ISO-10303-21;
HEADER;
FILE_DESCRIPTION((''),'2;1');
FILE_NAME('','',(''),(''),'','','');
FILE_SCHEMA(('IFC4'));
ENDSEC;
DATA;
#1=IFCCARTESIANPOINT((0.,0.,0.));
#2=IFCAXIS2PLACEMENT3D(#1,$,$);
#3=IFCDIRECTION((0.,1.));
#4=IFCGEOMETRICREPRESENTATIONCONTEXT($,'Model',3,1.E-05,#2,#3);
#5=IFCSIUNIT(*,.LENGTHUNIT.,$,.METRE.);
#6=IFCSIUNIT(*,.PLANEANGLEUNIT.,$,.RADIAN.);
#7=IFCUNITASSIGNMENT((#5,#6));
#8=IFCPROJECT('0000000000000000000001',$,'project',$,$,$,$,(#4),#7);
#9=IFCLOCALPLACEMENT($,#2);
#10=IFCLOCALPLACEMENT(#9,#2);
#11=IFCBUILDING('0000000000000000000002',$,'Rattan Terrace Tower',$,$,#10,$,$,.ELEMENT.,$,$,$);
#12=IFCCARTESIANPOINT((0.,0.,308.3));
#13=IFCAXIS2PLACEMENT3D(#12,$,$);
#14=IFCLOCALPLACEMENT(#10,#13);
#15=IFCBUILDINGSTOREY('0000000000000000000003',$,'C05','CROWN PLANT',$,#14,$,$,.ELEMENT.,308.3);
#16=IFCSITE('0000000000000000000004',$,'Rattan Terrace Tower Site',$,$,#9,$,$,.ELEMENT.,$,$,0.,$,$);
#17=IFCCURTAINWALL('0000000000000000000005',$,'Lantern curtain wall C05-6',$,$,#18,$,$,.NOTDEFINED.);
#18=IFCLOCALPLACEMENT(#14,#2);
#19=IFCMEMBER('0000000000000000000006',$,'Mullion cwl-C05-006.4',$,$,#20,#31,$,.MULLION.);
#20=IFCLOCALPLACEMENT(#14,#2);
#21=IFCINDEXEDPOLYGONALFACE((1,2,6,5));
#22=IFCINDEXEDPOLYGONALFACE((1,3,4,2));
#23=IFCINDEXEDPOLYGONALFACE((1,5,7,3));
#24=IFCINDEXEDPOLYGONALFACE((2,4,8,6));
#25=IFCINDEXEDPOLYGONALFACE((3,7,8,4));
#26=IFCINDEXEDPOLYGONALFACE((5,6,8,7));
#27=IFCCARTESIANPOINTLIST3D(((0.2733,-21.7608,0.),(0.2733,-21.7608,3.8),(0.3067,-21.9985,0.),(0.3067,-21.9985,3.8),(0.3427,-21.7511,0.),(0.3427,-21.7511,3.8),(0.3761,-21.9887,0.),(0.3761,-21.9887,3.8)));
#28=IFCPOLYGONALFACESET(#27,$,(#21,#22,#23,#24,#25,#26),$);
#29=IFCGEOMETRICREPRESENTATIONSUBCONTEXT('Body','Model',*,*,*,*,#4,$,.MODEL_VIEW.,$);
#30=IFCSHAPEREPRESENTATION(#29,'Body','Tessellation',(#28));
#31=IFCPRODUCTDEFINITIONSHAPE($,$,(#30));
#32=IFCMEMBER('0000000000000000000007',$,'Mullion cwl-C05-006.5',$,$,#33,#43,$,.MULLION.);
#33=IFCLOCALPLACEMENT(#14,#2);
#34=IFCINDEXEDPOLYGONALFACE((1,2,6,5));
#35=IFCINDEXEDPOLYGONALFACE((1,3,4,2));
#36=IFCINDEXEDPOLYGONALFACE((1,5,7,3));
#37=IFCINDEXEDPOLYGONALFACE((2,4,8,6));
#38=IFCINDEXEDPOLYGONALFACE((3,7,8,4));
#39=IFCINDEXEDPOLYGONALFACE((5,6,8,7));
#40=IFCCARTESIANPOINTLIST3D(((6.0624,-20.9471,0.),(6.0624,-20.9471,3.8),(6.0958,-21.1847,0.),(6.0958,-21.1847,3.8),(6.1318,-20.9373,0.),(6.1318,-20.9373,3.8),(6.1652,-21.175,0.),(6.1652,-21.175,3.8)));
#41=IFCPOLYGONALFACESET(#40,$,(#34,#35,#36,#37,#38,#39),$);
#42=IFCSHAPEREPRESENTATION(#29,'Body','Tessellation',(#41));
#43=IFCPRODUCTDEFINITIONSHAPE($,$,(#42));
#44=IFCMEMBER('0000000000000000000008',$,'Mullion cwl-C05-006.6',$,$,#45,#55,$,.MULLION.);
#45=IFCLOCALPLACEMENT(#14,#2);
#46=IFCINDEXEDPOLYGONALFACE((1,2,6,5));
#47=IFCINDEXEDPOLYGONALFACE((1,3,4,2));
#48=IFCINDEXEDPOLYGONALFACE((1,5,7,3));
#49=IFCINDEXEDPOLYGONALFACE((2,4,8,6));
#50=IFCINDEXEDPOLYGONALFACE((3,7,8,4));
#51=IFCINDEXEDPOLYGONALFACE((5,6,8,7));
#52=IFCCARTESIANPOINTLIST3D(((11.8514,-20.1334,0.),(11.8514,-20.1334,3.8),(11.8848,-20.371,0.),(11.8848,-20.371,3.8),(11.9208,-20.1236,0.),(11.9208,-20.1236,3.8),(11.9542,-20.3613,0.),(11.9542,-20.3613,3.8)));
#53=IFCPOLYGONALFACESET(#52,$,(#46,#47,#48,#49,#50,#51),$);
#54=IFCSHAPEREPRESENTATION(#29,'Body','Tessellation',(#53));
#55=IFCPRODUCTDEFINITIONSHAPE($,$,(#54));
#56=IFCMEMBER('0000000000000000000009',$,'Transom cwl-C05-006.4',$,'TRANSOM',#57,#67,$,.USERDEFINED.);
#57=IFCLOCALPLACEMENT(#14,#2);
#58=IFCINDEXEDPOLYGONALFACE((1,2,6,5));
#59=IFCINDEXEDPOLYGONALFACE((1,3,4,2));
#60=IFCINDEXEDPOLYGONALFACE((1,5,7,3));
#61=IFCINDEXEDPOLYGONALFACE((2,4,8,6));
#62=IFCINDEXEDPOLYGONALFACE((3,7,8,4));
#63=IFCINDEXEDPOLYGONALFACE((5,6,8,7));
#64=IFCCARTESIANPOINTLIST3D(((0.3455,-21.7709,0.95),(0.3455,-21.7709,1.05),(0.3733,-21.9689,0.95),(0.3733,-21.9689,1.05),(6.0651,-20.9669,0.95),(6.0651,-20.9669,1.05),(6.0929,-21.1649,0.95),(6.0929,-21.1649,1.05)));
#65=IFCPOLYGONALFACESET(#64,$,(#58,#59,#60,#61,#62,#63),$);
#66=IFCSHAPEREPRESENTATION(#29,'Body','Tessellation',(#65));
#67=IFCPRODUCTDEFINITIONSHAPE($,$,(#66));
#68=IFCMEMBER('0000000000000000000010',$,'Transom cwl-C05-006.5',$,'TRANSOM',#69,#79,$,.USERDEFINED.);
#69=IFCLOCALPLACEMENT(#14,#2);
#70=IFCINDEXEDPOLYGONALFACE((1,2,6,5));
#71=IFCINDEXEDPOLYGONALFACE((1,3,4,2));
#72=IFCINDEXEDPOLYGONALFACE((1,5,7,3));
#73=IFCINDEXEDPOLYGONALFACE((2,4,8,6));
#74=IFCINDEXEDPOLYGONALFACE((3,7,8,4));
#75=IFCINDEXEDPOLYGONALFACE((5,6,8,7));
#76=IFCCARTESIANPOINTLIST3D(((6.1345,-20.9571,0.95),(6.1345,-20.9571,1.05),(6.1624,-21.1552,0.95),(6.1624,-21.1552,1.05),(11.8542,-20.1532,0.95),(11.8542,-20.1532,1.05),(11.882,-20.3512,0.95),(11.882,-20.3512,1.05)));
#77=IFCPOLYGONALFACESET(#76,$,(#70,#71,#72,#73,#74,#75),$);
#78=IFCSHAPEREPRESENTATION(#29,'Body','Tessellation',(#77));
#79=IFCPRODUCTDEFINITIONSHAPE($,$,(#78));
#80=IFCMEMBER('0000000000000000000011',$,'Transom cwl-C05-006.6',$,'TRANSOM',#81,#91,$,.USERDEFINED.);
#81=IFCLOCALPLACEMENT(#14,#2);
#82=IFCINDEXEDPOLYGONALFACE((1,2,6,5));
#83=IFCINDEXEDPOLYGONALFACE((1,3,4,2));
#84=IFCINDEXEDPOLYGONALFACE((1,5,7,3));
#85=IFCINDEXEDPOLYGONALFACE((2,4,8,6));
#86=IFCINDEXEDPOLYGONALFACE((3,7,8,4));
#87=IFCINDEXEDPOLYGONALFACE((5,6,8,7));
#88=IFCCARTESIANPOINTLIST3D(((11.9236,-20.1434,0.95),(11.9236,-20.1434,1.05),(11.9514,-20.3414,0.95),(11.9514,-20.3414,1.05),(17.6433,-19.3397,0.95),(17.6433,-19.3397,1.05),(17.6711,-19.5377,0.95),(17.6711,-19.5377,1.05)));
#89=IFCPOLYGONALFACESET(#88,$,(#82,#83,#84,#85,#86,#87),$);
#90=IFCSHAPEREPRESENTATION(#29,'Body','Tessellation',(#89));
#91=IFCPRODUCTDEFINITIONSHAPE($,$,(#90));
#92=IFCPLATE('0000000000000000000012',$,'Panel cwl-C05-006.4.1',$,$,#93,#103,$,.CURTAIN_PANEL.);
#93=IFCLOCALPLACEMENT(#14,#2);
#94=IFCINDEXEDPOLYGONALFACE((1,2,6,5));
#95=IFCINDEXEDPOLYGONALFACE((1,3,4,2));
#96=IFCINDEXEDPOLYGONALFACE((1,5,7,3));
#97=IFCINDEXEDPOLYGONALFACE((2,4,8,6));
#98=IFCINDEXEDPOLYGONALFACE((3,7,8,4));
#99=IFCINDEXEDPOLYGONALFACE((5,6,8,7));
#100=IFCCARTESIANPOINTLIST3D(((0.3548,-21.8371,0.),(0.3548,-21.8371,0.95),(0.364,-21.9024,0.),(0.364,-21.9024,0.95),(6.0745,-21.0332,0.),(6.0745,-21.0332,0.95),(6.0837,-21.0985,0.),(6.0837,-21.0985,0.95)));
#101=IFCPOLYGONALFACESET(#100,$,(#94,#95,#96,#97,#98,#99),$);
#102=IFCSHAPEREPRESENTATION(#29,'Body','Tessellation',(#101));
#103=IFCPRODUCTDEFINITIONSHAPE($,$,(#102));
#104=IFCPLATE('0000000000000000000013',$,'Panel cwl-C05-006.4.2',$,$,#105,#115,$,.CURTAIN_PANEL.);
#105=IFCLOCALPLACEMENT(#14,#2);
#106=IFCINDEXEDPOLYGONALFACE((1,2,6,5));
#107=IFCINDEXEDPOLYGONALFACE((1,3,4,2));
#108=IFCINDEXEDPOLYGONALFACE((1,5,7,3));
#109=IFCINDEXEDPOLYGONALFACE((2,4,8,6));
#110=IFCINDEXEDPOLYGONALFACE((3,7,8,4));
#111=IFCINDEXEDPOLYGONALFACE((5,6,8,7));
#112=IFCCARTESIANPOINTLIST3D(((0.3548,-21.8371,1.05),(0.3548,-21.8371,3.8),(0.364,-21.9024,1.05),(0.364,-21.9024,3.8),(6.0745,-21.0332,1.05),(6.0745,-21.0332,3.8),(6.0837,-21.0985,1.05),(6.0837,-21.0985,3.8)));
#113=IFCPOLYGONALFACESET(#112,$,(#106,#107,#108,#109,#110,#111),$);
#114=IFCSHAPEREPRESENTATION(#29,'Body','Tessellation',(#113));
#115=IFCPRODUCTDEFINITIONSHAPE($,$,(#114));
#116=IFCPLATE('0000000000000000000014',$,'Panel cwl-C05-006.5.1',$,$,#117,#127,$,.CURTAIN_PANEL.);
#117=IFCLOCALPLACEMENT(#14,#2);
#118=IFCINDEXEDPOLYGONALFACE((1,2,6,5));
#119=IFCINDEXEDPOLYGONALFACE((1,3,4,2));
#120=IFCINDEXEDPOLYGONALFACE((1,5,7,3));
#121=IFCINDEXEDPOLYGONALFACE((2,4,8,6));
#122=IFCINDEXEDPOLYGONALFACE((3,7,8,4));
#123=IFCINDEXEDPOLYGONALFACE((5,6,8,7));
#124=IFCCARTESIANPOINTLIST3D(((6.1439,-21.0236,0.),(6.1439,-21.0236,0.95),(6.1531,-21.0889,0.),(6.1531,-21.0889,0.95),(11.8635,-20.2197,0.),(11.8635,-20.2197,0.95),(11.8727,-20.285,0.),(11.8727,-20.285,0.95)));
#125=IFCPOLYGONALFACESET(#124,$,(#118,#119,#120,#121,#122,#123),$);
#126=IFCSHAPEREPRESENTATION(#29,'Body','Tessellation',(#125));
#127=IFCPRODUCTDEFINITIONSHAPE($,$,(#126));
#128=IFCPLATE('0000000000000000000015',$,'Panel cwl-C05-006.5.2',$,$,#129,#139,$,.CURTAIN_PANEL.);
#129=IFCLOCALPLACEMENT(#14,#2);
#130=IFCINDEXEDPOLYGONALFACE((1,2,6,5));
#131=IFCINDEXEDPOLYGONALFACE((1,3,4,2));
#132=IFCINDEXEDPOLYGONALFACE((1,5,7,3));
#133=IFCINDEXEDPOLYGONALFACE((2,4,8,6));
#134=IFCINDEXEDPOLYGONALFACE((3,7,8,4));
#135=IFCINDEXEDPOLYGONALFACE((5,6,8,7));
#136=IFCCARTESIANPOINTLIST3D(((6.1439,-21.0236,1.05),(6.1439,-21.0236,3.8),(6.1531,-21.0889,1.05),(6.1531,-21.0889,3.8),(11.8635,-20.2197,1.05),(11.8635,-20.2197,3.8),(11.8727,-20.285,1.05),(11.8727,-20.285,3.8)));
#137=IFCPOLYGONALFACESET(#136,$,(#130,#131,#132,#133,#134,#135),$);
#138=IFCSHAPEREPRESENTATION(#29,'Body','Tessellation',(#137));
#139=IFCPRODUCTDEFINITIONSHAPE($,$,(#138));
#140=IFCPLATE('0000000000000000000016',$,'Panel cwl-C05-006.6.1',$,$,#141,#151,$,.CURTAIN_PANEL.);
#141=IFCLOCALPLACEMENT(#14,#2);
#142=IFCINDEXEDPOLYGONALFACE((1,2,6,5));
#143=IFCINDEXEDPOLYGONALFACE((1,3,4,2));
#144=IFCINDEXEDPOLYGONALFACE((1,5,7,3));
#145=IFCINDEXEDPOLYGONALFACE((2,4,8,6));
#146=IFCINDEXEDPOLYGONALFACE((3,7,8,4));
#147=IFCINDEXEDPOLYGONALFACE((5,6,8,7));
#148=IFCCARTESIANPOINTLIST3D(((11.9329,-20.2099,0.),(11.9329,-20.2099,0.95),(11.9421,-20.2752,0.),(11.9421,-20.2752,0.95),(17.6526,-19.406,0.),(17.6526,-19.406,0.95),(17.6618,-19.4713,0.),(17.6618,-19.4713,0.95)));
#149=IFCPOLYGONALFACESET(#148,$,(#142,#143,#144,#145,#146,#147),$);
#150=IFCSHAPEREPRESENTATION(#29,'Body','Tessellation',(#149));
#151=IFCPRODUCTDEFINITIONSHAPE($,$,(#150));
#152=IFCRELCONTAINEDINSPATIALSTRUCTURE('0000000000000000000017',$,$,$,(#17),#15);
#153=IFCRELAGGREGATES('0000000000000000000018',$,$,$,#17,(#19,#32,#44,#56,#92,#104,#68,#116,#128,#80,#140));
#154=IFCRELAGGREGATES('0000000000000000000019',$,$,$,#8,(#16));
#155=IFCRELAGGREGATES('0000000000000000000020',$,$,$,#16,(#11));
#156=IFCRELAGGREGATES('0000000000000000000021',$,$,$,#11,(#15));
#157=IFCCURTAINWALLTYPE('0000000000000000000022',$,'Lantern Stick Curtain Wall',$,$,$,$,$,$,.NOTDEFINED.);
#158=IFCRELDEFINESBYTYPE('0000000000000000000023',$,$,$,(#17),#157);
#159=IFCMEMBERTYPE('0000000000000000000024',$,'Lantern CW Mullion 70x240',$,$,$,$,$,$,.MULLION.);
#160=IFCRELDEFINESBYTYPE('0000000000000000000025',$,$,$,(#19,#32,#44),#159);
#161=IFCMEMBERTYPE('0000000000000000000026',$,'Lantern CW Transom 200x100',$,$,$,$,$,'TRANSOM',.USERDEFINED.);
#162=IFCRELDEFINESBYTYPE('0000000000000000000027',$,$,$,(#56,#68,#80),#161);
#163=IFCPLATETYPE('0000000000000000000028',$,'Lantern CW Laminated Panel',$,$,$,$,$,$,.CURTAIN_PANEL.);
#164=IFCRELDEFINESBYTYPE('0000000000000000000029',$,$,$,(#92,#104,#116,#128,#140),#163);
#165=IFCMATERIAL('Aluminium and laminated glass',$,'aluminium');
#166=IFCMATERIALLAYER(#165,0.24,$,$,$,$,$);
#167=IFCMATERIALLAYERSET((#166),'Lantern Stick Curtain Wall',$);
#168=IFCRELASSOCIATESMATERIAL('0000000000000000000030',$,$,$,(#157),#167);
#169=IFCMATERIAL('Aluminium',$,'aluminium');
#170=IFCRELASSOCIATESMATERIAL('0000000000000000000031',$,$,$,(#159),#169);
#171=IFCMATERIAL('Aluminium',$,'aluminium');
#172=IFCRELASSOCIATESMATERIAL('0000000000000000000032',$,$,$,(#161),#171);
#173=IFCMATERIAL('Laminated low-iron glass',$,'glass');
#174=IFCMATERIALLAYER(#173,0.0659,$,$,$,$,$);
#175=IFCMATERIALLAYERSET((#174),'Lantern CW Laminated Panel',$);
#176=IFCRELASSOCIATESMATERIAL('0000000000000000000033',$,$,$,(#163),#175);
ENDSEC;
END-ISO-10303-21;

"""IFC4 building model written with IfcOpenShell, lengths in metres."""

from ifc_helpers import new_model, si_unit, direction, frame, origin, origin_2d, place, context, subcontext, project, spatial, rectangle, extrude, material, layer, layer_set, material_profile, profile_set, type_object, element, aggregate, save


model = new_model("IFC4")

# Units and contexts
model_context = context("Model", 3, precision=1e-05, world=origin(), true_north=direction((0.0, 1.0)))
body_context = subcontext(model_context, "Body", "Model", "MODEL_VIEW")
ifc_project = project(units=[si_unit("LENGTHUNIT", "METRE"), si_unit("PLANEANGLEUNIT", "RADIAN")], contexts=[model_context])

# Site, building, storey
site_placement = place(None, origin())
site = spatial("IfcSite", under=ifc_project, at=site_placement, Name="Rattan Terrace Tower Site", CompositionType="ELEMENT", RefElevation=0.0)
building_placement = place(site_placement, origin())
building = spatial("IfcBuilding", under=site, at=building_placement, Name="Rattan Terrace Tower", CompositionType="ELEMENT")
storey_placement = place(building_placement, frame((0.0, 0.0, 308.3)))
storey = spatial("IfcBuildingStorey", under=building, at=storey_placement, Name="C05", Description="CROWN PLANT", CompositionType="ELEMENT", Elevation=308.3)

# Curtain wall, members, plates
ifc_material_1 = material(Name="Aluminium and laminated glass", Category="aluminium")
ifc_layer_1 = layer(ifc_material_1, 0.24)
ifc_layer_set_1 = layer_set([ifc_layer_1], Name="Lantern Stick Curtain Wall")
curtain_wall_type = type_object("IfcCurtainWallType", Name="Lantern Stick Curtain Wall", PredefinedType="NOTDEFINED", material=ifc_layer_set_1)
curtain_wall_placement = place(storey_placement, origin())
curtain_wall = element("IfcCurtainWall", 1, at=curtain_wall_placement, inside=storey, type_object=curtain_wall_type, Name="Lantern curtain wall C05-6", PredefinedType="NOTDEFINED")
ifc_material_2 = material(Name="Aluminium", Category="aluminium")
ifc_material_profile_1 = material_profile(ifc_material_2, rectangle(XDim=0.0701, YDim=0.24, at=origin_2d()), Name="Aluminium 70x240")
ifc_profile_set_1 = profile_set([ifc_material_profile_1], Name="Aluminium")
member_type_1 = type_object("IfcMemberType", Name="Lantern CW Mullion 70x240", PredefinedType="MULLION", material=ifc_profile_set_1)
member_1_placement = place(storey_placement, frame((0.3247, -21.8748, 0.0), z_axis=(0.0, 0.0, 1.0), x_axis=(0.990267, 0.139181, 0.0)))
member_1 = element("IfcMember", 2, at=member_1_placement, type_object=member_type_1, Name="Mullion cwl-C05-006.4", PredefinedType="MULLION", context=body_context, shape_type="SweptSolid", body=[
    extrude(rectangle(XDim=0.0701, YDim=0.24, at=origin_2d()), origin(), (0.0, 0.0, 1.0), 3.8),
])
member_2_placement = place(storey_placement, frame((6.1138, -21.061, 0.0), z_axis=(0.0, 0.0, 1.0), x_axis=(0.990267, 0.139181, 0.0)))
member_2 = element("IfcMember", 3, at=member_2_placement, type_object=member_type_1, Name="Mullion cwl-C05-006.5", PredefinedType="MULLION", context=body_context, shape_type="SweptSolid", body=[
    extrude(rectangle(XDim=0.0701, YDim=0.24, at=origin_2d()), origin(), (0.0, 0.0, 1.0), 3.8),
])
member_3_placement = place(storey_placement, frame((11.9028, -20.2473, 0.0), z_axis=(0.0, 0.0, 1.0), x_axis=(0.990267, 0.139181, 0.0)))
member_3 = element("IfcMember", 4, at=member_3_placement, type_object=member_type_1, Name="Mullion cwl-C05-006.6", PredefinedType="MULLION", context=body_context, shape_type="SweptSolid", body=[
    extrude(rectangle(XDim=0.0701, YDim=0.24, at=origin_2d()), origin(), (0.0, 0.0, 1.0), 3.8),
])
ifc_material_3 = material(Name="Aluminium", Category="aluminium")
ifc_material_profile_2 = material_profile(ifc_material_3, rectangle(XDim=0.2, YDim=0.1001, at=origin_2d()), Name="Aluminium 200x100")
ifc_profile_set_2 = profile_set([ifc_material_profile_2], Name="Aluminium")
member_type_2 = type_object("IfcMemberType", Name="Lantern CW Transom 200x100", ElementType="TRANSOM", PredefinedType="USERDEFINED", material=ifc_profile_set_2)
member_4_placement = place(storey_placement, frame((0.3594, -21.8699, 1.0), z_axis=(0.990266, 0.13919, 0.0), x_axis=(-0.13919, 0.990266, 0.0)))
member_4 = element("IfcMember", 5, at=member_4_placement, type_object=member_type_2, Name="Transom cwl-C05-006.4", ObjectType="TRANSOM", PredefinedType="USERDEFINED", context=body_context, shape_type="SweptSolid", body=[
    extrude(rectangle(XDim=0.2, YDim=0.1001, at=origin_2d()), origin(), (0.0, 0.0, 1.0), 5.7759),
])
member_5_placement = place(storey_placement, frame((6.1484, -21.0562, 1.0), z_axis=(0.990266, 0.13919, 0.0), x_axis=(-0.13919, 0.990266, 0.0)))
member_5 = element("IfcMember", 6, at=member_5_placement, type_object=member_type_2, Name="Transom cwl-C05-006.5", ObjectType="TRANSOM", PredefinedType="USERDEFINED", context=body_context, shape_type="SweptSolid", body=[
    extrude(rectangle(XDim=0.2, YDim=0.1001, at=origin_2d()), origin(), (0.0, 0.0, 1.0), 5.7759),
])
member_6_placement = place(storey_placement, frame((11.9375, -20.2424, 1.0), z_axis=(0.990272, 0.139149, 0.0), x_axis=(-0.139149, 0.990272, 0.0)))
member_6 = element("IfcMember", 7, at=member_6_placement, type_object=member_type_2, Name="Transom cwl-C05-006.6", ObjectType="TRANSOM", PredefinedType="USERDEFINED", context=body_context, shape_type="SweptSolid", body=[
    extrude(rectangle(XDim=0.2, YDim=0.1001, at=origin_2d()), origin(), (0.0, 0.0, 1.0), 5.7759),
])
ifc_material_4 = material(Name="Laminated low-iron glass", Category="glass")
ifc_layer_2 = layer(ifc_material_4, 0.0659)
ifc_layer_set_2 = layer_set([ifc_layer_2], Name="Lantern CW Laminated Panel")
plate_type = type_object("IfcPlateType", Name="Lantern CW Laminated Panel", PredefinedType="CURTAIN_PANEL", material=ifc_layer_set_2)
plate_1_placement = place(storey_placement, frame((3.2192, -21.4678, 0.0), z_axis=(0.0, 0.0, 1.0), x_axis=(0.990267, 0.139181, 0.0)))
plate_1 = element("IfcPlate", 8, at=plate_1_placement, type_object=plate_type, Name="Panel cwl-C05-006.4.1", PredefinedType="CURTAIN_PANEL", context=body_context, shape_type="SweptSolid", body=[
    extrude(rectangle(XDim=5.7759, YDim=0.0659, at=origin_2d()), origin(), (0.0, 0.0, 1.0), 0.95),
])
plate_2_placement = place(storey_placement, frame((3.2192, -21.4678, 1.05), z_axis=(0.0, 0.0, 1.0), x_axis=(0.990267, 0.139181, 0.0)))
plate_2 = element("IfcPlate", 9, at=plate_2_placement, type_object=plate_type, Name="Panel cwl-C05-006.4.2", PredefinedType="CURTAIN_PANEL", context=body_context, shape_type="SweptSolid", body=[
    extrude(rectangle(XDim=5.7759, YDim=0.0659, at=origin_2d()), origin(), (0.0, 0.0, 1.0), 2.75),
])
plate_3_placement = place(storey_placement, frame((9.0083, -20.6543, 0.0), z_axis=(0.0, 0.0, 1.0), x_axis=(0.990267, 0.139181, 0.0)))
plate_3 = element("IfcPlate", 10, at=plate_3_placement, type_object=plate_type, Name="Panel cwl-C05-006.5.1", PredefinedType="CURTAIN_PANEL", context=body_context, shape_type="SweptSolid", body=[
    extrude(rectangle(XDim=5.7759, YDim=0.0659, at=origin_2d()), origin(), (0.0, 0.0, 1.0), 0.95),
])
plate_4_placement = place(storey_placement, frame((9.0083, -20.6543, 1.05), z_axis=(0.0, 0.0, 1.0), x_axis=(0.990267, 0.139181, 0.0)))
plate_4 = element("IfcPlate", 11, at=plate_4_placement, type_object=plate_type, Name="Panel cwl-C05-006.5.2", PredefinedType="CURTAIN_PANEL", context=body_context, shape_type="SweptSolid", body=[
    extrude(rectangle(XDim=5.7759, YDim=0.0659, at=origin_2d()), origin(), (0.0, 0.0, 1.0), 2.75),
])
plate_5_placement = place(storey_placement, frame((14.7974, -19.8406, 0.0), z_axis=(0.0, 0.0, 1.0), x_axis=(0.990267, 0.139181, 0.0)))
plate_5 = element("IfcPlate", 12, at=plate_5_placement, type_object=plate_type, Name="Panel cwl-C05-006.6.1", PredefinedType="CURTAIN_PANEL", context=body_context, shape_type="SweptSolid", body=[
    extrude(rectangle(XDim=5.7759, YDim=0.0659, at=origin_2d()), origin(), (0.0, 0.0, 1.0), 0.95),
])
aggregate(curtain_wall, [member_1, member_2, member_3, member_4, plate_1, plate_2, member_5, plate_3, plate_4, member_6, plate_5])

save(model, "model.ifc")
